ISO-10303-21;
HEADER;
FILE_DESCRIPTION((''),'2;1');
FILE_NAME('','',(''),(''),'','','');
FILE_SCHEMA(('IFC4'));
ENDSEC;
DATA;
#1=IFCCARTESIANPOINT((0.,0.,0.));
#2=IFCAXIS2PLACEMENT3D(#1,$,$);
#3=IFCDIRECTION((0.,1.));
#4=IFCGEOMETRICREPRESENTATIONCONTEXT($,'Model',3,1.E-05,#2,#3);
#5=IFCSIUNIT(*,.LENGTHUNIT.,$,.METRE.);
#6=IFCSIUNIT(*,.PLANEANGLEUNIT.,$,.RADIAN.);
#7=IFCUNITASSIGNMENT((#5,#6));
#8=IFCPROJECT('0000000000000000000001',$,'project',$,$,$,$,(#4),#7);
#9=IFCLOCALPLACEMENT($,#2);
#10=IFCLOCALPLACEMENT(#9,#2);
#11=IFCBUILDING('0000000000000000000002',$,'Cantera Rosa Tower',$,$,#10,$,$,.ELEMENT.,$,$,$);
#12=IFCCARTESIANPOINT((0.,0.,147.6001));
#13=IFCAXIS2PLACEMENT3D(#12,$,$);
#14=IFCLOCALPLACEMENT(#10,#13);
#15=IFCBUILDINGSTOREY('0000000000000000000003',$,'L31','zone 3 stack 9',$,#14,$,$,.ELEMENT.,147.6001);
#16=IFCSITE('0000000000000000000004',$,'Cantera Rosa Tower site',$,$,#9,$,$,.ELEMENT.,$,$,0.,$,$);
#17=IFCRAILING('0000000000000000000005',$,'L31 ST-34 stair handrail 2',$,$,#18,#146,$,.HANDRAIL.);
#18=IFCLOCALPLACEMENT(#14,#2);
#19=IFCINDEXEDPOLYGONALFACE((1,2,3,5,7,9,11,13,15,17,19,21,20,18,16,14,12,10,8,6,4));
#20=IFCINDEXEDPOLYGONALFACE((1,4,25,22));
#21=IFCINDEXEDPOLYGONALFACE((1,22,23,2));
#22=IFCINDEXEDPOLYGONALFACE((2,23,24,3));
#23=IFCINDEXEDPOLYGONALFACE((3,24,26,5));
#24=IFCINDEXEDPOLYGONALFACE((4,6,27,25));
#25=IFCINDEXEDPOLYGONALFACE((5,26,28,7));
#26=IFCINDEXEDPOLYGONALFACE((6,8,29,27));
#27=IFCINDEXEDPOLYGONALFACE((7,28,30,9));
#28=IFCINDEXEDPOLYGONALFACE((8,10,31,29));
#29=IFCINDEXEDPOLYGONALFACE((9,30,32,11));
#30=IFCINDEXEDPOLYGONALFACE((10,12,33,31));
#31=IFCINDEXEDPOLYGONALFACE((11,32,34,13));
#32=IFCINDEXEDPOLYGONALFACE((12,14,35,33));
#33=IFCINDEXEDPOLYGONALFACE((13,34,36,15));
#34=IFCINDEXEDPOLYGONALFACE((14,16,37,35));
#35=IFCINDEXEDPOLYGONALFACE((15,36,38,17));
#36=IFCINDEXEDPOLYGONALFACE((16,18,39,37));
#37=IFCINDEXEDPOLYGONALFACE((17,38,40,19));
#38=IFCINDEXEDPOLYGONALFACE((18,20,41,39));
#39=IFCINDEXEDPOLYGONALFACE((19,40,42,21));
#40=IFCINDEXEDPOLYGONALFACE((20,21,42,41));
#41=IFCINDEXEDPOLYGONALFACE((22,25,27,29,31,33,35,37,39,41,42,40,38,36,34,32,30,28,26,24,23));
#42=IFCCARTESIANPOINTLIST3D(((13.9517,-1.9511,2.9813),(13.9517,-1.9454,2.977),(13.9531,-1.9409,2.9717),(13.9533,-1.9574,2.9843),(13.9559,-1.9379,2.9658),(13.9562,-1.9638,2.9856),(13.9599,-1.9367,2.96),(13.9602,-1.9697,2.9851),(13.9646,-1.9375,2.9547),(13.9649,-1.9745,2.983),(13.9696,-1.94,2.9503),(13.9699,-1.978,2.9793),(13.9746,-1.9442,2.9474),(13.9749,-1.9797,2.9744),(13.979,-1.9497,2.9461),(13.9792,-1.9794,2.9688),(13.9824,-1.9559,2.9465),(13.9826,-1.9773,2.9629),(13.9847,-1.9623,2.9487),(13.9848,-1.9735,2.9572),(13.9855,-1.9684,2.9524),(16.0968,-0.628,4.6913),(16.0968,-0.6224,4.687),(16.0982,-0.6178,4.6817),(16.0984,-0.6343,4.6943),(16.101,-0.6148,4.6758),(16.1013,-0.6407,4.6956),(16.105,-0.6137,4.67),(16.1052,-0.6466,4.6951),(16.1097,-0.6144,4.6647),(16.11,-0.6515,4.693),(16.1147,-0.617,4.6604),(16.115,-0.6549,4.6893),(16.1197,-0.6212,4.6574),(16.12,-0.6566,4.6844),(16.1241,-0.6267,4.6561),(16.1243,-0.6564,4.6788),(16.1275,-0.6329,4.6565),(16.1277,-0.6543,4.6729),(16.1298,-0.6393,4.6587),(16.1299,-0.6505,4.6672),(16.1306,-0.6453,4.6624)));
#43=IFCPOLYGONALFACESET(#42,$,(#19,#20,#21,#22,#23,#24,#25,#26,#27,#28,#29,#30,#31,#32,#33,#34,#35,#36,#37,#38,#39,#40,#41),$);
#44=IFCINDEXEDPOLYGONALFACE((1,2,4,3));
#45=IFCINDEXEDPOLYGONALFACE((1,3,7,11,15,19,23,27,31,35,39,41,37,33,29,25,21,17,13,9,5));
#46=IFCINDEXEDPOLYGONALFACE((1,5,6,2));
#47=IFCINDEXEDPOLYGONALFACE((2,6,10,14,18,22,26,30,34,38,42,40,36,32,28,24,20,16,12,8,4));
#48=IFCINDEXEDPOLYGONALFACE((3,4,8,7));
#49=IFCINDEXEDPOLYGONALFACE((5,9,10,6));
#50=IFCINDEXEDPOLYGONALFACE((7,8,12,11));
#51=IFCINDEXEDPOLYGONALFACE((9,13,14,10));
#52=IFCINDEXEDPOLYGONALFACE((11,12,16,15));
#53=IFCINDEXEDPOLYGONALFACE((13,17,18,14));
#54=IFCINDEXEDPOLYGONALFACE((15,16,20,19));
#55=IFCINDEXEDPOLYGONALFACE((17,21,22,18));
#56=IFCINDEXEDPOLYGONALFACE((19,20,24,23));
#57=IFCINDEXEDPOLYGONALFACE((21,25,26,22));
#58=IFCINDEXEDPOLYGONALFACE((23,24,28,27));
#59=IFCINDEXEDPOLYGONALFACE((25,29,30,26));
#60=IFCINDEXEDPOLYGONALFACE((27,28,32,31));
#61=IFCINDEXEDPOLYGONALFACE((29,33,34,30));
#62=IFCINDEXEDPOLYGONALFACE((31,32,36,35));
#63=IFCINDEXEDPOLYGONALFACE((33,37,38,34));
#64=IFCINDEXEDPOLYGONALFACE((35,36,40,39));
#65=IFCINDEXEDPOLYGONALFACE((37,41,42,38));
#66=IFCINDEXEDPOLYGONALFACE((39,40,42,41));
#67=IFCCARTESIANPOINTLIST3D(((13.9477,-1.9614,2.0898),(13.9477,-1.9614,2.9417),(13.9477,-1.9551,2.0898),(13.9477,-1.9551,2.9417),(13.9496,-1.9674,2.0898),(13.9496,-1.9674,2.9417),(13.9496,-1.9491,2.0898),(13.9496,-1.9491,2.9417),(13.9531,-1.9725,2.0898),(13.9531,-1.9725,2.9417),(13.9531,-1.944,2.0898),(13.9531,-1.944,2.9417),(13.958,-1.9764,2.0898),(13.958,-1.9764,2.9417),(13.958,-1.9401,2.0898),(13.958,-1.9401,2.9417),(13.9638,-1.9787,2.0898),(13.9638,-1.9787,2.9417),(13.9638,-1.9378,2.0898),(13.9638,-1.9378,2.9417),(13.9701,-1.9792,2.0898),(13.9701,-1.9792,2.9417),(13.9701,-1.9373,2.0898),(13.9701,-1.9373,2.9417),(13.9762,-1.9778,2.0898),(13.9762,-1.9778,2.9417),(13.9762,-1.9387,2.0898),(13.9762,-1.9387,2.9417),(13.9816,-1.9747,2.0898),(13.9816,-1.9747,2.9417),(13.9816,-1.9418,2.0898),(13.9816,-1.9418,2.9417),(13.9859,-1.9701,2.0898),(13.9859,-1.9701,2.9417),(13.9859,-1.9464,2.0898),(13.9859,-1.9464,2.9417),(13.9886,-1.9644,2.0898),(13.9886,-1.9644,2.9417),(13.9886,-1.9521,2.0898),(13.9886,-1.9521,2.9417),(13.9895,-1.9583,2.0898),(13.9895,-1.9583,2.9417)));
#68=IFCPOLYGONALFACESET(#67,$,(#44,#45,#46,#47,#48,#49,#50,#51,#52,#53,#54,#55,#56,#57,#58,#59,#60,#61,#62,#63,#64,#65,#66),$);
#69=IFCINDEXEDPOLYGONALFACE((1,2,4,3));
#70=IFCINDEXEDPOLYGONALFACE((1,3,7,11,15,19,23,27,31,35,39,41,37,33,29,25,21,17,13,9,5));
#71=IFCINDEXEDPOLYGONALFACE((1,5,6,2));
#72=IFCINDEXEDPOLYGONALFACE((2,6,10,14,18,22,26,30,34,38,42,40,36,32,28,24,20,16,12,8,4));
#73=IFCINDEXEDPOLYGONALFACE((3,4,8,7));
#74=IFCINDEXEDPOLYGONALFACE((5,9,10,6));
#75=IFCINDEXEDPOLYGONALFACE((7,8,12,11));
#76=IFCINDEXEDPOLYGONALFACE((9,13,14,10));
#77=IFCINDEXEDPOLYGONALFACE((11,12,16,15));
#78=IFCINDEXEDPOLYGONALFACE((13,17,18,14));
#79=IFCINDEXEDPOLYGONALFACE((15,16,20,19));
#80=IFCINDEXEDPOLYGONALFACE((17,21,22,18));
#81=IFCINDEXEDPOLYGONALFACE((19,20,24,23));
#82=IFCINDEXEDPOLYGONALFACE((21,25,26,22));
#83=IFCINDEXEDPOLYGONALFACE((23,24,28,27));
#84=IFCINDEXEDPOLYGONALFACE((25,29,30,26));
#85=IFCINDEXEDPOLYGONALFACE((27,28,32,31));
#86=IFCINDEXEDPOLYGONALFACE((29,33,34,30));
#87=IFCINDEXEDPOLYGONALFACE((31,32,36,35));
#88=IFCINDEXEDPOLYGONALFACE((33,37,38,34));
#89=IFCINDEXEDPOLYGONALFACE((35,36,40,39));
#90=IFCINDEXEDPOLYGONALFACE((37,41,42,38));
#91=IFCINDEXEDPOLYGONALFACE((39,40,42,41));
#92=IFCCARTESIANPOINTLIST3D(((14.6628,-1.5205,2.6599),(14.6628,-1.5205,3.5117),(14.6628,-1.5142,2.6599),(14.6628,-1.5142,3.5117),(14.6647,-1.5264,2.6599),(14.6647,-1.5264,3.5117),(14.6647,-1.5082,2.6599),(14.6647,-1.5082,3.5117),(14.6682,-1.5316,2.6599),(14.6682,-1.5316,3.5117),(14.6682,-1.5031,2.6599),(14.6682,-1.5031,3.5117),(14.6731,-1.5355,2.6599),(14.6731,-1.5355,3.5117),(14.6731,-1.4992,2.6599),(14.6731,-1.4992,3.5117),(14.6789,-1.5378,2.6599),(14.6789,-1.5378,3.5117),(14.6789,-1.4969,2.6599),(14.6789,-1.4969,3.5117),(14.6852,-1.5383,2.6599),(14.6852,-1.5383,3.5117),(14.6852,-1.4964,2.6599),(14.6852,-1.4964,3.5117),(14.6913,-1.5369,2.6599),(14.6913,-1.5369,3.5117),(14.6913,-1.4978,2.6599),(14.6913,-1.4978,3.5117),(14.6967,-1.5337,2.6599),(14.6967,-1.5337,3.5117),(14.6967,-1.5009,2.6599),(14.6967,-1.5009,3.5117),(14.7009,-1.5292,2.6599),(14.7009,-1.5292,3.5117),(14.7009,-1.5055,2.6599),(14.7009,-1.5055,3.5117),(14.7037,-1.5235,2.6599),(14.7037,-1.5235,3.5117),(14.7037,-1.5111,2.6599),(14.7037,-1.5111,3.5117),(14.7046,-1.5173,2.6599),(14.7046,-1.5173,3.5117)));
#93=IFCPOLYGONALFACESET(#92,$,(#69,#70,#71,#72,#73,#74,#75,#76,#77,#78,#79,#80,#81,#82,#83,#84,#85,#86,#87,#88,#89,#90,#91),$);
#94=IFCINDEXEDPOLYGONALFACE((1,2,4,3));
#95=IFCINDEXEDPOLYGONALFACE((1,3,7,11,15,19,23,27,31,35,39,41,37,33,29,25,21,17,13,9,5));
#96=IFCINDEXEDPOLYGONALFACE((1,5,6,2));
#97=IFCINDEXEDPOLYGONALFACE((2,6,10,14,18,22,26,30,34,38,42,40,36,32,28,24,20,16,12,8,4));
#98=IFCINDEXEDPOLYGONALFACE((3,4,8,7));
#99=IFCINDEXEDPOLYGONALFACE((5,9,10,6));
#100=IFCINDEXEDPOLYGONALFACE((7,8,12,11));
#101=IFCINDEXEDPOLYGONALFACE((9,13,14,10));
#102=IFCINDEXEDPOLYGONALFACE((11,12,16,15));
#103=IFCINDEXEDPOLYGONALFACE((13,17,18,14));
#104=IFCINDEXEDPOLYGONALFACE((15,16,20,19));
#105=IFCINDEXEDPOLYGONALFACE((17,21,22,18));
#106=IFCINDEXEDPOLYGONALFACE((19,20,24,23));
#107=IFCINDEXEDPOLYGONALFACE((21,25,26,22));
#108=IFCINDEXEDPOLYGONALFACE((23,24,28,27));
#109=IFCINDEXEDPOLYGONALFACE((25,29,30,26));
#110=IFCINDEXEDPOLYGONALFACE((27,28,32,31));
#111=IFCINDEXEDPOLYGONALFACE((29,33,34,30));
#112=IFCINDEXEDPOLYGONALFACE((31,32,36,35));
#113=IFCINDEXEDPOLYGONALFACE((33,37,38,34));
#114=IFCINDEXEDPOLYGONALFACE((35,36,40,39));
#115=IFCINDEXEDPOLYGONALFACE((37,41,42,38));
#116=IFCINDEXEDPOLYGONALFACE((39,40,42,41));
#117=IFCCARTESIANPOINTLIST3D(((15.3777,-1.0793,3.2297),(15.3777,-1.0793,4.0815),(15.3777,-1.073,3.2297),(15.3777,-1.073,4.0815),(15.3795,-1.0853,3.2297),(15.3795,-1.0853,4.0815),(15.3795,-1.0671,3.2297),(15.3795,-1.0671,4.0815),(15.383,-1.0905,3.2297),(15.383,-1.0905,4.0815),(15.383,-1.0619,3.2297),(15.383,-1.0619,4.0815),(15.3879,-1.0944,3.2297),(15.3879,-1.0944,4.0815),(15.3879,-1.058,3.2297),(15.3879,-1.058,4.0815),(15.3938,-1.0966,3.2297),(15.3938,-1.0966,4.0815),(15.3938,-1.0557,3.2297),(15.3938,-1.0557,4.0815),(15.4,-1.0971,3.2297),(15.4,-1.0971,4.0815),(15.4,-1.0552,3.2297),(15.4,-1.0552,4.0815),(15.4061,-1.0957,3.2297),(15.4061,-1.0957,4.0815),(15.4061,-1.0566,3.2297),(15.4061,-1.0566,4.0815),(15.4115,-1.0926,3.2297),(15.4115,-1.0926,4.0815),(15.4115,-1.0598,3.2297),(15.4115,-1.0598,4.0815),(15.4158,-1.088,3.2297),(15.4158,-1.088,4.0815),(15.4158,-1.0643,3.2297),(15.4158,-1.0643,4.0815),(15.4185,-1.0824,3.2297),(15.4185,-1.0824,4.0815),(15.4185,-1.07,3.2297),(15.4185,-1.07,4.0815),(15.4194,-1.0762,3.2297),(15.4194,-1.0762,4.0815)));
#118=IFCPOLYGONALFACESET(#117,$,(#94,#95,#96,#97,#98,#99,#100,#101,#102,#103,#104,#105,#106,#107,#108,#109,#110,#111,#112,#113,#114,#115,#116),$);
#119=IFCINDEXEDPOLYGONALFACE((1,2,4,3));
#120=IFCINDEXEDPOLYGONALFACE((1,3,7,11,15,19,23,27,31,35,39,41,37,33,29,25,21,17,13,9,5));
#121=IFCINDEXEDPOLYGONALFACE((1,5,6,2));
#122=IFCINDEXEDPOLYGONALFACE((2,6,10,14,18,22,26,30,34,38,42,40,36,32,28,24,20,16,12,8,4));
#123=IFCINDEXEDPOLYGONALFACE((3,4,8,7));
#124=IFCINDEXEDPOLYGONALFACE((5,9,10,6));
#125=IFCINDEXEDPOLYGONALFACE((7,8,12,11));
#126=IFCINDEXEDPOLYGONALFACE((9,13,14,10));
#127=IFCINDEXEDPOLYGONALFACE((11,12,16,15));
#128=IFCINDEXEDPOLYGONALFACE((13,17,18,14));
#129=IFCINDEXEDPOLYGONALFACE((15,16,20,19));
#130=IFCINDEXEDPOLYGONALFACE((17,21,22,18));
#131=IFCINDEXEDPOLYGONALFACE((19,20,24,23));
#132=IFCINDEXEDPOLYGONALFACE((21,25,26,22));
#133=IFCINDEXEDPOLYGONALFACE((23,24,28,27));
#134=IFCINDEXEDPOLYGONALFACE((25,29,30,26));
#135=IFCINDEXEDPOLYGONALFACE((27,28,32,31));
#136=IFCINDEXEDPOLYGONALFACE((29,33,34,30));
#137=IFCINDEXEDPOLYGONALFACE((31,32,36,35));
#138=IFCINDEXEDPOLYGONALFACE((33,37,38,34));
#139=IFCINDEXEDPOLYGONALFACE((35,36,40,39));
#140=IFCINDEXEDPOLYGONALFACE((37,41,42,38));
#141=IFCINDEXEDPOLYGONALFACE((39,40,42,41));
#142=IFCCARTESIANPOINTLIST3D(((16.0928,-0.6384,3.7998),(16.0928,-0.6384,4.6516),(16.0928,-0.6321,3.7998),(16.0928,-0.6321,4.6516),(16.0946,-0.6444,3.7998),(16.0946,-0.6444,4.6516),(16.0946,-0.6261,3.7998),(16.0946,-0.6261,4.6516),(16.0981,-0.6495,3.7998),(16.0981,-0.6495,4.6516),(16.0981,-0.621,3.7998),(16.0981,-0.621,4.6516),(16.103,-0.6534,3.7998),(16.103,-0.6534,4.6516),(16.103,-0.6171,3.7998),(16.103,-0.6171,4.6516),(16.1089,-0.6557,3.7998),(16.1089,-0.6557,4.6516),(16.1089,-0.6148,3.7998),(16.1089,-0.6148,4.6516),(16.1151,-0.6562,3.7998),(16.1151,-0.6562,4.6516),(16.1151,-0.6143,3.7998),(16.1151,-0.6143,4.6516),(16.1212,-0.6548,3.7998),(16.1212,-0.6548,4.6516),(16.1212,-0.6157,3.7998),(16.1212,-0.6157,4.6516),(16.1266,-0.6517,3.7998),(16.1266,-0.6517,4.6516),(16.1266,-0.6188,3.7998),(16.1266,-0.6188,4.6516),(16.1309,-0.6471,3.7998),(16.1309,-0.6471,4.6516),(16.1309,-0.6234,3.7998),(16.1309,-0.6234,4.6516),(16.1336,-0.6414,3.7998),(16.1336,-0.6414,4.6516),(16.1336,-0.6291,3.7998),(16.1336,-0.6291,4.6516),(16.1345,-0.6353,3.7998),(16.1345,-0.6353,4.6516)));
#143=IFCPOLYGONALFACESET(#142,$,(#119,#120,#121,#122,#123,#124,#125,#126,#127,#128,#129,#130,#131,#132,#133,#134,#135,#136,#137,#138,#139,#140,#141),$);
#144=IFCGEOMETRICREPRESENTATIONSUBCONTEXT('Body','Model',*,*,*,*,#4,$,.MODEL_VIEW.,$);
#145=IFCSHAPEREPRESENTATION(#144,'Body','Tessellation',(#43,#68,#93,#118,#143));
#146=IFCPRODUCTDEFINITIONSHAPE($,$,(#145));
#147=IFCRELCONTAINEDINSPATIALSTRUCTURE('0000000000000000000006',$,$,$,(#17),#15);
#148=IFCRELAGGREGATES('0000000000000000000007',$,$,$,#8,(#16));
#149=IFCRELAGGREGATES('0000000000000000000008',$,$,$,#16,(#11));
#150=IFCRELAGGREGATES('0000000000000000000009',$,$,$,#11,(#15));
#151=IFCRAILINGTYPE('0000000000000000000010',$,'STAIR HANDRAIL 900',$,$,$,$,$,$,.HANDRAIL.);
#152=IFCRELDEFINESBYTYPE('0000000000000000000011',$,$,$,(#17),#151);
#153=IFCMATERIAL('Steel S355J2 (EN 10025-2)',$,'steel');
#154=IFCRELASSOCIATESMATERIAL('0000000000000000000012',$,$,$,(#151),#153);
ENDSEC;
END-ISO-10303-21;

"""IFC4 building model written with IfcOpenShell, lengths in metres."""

from ifc_helpers import new_model, si_unit, direction, frame, origin, origin_2d, place, context, subcontext, project, spatial, circle, extrude, material, type_object, element, save


model = new_model("IFC4")

# Units and contexts
model_context = context("Model", 3, precision=1e-05, world=origin(), true_north=direction((0.0, 1.0)))
body_context = subcontext(model_context, "Body", "Model", "MODEL_VIEW")
ifc_project = project(units=[si_unit("LENGTHUNIT", "METRE"), si_unit("PLANEANGLEUNIT", "RADIAN")], contexts=[model_context])

# Site, building, storey
site_placement = place(None, origin())
site = spatial("IfcSite", under=ifc_project, at=site_placement, Name="Cantera Rosa Tower site", CompositionType="ELEMENT", RefElevation=0.0)
building_placement = place(site_placement, origin())
building = spatial("IfcBuilding", under=site, at=building_placement, Name="Cantera Rosa Tower", CompositionType="ELEMENT")
storey_placement = place(building_placement, frame((0.0, 0.0, 147.6001)))
storey = spatial("IfcBuildingStorey", under=building, at=storey_placement, Name="L31", Description="zone 3 stack 9", CompositionType="ELEMENT", Elevation=147.6001)

# Railing
ifc_material_1 = material(Name="Steel S355J2 (EN 10025-2)", Category="steel")
railing_type_1 = type_object("IfcRailingType", Name="STAIR HANDRAIL 900", PredefinedType="HANDRAIL", material=ifc_material_1)
railing_1_placement = place(storey_placement, frame((13.9685, -1.9583, 2.0898)))
element("IfcRailing", 1, at=railing_1_placement, inside=storey, type_object=railing_type_1, Name="L31 ST-34 stair handrail 2", PredefinedType="HANDRAIL", context=body_context, shape_type="SweptSolid", body=[
    extrude(circle(Radius=0.0239, at=origin_2d()), frame((0.0, 0.0, 0.876), z_axis=(0.704312, 0.434403, 0.561461), x_axis=(-0.524957, 0.851129, 0.0)), (0.0, 0.0, 1.0), 3.0457),
    extrude(circle(Radius=0.021, at=origin_2d()), origin(), (0.0, 0.0, 1.0), 0.8518),
    extrude(circle(Radius=0.021, at=origin_2d()), frame((0.7151, 0.4409, 0.5701)), (0.0, 0.0, 1.0), 0.8518),
    extrude(circle(Radius=0.021, at=origin_2d()), frame((1.4299, 0.8821, 1.1399)), (0.0, 0.0, 1.0), 0.8518),
    extrude(circle(Radius=0.021, at=origin_2d()), frame((2.145, 1.323, 1.71)), (0.0, 0.0, 1.0), 0.8518),
])

save(model, "model.ifc")
